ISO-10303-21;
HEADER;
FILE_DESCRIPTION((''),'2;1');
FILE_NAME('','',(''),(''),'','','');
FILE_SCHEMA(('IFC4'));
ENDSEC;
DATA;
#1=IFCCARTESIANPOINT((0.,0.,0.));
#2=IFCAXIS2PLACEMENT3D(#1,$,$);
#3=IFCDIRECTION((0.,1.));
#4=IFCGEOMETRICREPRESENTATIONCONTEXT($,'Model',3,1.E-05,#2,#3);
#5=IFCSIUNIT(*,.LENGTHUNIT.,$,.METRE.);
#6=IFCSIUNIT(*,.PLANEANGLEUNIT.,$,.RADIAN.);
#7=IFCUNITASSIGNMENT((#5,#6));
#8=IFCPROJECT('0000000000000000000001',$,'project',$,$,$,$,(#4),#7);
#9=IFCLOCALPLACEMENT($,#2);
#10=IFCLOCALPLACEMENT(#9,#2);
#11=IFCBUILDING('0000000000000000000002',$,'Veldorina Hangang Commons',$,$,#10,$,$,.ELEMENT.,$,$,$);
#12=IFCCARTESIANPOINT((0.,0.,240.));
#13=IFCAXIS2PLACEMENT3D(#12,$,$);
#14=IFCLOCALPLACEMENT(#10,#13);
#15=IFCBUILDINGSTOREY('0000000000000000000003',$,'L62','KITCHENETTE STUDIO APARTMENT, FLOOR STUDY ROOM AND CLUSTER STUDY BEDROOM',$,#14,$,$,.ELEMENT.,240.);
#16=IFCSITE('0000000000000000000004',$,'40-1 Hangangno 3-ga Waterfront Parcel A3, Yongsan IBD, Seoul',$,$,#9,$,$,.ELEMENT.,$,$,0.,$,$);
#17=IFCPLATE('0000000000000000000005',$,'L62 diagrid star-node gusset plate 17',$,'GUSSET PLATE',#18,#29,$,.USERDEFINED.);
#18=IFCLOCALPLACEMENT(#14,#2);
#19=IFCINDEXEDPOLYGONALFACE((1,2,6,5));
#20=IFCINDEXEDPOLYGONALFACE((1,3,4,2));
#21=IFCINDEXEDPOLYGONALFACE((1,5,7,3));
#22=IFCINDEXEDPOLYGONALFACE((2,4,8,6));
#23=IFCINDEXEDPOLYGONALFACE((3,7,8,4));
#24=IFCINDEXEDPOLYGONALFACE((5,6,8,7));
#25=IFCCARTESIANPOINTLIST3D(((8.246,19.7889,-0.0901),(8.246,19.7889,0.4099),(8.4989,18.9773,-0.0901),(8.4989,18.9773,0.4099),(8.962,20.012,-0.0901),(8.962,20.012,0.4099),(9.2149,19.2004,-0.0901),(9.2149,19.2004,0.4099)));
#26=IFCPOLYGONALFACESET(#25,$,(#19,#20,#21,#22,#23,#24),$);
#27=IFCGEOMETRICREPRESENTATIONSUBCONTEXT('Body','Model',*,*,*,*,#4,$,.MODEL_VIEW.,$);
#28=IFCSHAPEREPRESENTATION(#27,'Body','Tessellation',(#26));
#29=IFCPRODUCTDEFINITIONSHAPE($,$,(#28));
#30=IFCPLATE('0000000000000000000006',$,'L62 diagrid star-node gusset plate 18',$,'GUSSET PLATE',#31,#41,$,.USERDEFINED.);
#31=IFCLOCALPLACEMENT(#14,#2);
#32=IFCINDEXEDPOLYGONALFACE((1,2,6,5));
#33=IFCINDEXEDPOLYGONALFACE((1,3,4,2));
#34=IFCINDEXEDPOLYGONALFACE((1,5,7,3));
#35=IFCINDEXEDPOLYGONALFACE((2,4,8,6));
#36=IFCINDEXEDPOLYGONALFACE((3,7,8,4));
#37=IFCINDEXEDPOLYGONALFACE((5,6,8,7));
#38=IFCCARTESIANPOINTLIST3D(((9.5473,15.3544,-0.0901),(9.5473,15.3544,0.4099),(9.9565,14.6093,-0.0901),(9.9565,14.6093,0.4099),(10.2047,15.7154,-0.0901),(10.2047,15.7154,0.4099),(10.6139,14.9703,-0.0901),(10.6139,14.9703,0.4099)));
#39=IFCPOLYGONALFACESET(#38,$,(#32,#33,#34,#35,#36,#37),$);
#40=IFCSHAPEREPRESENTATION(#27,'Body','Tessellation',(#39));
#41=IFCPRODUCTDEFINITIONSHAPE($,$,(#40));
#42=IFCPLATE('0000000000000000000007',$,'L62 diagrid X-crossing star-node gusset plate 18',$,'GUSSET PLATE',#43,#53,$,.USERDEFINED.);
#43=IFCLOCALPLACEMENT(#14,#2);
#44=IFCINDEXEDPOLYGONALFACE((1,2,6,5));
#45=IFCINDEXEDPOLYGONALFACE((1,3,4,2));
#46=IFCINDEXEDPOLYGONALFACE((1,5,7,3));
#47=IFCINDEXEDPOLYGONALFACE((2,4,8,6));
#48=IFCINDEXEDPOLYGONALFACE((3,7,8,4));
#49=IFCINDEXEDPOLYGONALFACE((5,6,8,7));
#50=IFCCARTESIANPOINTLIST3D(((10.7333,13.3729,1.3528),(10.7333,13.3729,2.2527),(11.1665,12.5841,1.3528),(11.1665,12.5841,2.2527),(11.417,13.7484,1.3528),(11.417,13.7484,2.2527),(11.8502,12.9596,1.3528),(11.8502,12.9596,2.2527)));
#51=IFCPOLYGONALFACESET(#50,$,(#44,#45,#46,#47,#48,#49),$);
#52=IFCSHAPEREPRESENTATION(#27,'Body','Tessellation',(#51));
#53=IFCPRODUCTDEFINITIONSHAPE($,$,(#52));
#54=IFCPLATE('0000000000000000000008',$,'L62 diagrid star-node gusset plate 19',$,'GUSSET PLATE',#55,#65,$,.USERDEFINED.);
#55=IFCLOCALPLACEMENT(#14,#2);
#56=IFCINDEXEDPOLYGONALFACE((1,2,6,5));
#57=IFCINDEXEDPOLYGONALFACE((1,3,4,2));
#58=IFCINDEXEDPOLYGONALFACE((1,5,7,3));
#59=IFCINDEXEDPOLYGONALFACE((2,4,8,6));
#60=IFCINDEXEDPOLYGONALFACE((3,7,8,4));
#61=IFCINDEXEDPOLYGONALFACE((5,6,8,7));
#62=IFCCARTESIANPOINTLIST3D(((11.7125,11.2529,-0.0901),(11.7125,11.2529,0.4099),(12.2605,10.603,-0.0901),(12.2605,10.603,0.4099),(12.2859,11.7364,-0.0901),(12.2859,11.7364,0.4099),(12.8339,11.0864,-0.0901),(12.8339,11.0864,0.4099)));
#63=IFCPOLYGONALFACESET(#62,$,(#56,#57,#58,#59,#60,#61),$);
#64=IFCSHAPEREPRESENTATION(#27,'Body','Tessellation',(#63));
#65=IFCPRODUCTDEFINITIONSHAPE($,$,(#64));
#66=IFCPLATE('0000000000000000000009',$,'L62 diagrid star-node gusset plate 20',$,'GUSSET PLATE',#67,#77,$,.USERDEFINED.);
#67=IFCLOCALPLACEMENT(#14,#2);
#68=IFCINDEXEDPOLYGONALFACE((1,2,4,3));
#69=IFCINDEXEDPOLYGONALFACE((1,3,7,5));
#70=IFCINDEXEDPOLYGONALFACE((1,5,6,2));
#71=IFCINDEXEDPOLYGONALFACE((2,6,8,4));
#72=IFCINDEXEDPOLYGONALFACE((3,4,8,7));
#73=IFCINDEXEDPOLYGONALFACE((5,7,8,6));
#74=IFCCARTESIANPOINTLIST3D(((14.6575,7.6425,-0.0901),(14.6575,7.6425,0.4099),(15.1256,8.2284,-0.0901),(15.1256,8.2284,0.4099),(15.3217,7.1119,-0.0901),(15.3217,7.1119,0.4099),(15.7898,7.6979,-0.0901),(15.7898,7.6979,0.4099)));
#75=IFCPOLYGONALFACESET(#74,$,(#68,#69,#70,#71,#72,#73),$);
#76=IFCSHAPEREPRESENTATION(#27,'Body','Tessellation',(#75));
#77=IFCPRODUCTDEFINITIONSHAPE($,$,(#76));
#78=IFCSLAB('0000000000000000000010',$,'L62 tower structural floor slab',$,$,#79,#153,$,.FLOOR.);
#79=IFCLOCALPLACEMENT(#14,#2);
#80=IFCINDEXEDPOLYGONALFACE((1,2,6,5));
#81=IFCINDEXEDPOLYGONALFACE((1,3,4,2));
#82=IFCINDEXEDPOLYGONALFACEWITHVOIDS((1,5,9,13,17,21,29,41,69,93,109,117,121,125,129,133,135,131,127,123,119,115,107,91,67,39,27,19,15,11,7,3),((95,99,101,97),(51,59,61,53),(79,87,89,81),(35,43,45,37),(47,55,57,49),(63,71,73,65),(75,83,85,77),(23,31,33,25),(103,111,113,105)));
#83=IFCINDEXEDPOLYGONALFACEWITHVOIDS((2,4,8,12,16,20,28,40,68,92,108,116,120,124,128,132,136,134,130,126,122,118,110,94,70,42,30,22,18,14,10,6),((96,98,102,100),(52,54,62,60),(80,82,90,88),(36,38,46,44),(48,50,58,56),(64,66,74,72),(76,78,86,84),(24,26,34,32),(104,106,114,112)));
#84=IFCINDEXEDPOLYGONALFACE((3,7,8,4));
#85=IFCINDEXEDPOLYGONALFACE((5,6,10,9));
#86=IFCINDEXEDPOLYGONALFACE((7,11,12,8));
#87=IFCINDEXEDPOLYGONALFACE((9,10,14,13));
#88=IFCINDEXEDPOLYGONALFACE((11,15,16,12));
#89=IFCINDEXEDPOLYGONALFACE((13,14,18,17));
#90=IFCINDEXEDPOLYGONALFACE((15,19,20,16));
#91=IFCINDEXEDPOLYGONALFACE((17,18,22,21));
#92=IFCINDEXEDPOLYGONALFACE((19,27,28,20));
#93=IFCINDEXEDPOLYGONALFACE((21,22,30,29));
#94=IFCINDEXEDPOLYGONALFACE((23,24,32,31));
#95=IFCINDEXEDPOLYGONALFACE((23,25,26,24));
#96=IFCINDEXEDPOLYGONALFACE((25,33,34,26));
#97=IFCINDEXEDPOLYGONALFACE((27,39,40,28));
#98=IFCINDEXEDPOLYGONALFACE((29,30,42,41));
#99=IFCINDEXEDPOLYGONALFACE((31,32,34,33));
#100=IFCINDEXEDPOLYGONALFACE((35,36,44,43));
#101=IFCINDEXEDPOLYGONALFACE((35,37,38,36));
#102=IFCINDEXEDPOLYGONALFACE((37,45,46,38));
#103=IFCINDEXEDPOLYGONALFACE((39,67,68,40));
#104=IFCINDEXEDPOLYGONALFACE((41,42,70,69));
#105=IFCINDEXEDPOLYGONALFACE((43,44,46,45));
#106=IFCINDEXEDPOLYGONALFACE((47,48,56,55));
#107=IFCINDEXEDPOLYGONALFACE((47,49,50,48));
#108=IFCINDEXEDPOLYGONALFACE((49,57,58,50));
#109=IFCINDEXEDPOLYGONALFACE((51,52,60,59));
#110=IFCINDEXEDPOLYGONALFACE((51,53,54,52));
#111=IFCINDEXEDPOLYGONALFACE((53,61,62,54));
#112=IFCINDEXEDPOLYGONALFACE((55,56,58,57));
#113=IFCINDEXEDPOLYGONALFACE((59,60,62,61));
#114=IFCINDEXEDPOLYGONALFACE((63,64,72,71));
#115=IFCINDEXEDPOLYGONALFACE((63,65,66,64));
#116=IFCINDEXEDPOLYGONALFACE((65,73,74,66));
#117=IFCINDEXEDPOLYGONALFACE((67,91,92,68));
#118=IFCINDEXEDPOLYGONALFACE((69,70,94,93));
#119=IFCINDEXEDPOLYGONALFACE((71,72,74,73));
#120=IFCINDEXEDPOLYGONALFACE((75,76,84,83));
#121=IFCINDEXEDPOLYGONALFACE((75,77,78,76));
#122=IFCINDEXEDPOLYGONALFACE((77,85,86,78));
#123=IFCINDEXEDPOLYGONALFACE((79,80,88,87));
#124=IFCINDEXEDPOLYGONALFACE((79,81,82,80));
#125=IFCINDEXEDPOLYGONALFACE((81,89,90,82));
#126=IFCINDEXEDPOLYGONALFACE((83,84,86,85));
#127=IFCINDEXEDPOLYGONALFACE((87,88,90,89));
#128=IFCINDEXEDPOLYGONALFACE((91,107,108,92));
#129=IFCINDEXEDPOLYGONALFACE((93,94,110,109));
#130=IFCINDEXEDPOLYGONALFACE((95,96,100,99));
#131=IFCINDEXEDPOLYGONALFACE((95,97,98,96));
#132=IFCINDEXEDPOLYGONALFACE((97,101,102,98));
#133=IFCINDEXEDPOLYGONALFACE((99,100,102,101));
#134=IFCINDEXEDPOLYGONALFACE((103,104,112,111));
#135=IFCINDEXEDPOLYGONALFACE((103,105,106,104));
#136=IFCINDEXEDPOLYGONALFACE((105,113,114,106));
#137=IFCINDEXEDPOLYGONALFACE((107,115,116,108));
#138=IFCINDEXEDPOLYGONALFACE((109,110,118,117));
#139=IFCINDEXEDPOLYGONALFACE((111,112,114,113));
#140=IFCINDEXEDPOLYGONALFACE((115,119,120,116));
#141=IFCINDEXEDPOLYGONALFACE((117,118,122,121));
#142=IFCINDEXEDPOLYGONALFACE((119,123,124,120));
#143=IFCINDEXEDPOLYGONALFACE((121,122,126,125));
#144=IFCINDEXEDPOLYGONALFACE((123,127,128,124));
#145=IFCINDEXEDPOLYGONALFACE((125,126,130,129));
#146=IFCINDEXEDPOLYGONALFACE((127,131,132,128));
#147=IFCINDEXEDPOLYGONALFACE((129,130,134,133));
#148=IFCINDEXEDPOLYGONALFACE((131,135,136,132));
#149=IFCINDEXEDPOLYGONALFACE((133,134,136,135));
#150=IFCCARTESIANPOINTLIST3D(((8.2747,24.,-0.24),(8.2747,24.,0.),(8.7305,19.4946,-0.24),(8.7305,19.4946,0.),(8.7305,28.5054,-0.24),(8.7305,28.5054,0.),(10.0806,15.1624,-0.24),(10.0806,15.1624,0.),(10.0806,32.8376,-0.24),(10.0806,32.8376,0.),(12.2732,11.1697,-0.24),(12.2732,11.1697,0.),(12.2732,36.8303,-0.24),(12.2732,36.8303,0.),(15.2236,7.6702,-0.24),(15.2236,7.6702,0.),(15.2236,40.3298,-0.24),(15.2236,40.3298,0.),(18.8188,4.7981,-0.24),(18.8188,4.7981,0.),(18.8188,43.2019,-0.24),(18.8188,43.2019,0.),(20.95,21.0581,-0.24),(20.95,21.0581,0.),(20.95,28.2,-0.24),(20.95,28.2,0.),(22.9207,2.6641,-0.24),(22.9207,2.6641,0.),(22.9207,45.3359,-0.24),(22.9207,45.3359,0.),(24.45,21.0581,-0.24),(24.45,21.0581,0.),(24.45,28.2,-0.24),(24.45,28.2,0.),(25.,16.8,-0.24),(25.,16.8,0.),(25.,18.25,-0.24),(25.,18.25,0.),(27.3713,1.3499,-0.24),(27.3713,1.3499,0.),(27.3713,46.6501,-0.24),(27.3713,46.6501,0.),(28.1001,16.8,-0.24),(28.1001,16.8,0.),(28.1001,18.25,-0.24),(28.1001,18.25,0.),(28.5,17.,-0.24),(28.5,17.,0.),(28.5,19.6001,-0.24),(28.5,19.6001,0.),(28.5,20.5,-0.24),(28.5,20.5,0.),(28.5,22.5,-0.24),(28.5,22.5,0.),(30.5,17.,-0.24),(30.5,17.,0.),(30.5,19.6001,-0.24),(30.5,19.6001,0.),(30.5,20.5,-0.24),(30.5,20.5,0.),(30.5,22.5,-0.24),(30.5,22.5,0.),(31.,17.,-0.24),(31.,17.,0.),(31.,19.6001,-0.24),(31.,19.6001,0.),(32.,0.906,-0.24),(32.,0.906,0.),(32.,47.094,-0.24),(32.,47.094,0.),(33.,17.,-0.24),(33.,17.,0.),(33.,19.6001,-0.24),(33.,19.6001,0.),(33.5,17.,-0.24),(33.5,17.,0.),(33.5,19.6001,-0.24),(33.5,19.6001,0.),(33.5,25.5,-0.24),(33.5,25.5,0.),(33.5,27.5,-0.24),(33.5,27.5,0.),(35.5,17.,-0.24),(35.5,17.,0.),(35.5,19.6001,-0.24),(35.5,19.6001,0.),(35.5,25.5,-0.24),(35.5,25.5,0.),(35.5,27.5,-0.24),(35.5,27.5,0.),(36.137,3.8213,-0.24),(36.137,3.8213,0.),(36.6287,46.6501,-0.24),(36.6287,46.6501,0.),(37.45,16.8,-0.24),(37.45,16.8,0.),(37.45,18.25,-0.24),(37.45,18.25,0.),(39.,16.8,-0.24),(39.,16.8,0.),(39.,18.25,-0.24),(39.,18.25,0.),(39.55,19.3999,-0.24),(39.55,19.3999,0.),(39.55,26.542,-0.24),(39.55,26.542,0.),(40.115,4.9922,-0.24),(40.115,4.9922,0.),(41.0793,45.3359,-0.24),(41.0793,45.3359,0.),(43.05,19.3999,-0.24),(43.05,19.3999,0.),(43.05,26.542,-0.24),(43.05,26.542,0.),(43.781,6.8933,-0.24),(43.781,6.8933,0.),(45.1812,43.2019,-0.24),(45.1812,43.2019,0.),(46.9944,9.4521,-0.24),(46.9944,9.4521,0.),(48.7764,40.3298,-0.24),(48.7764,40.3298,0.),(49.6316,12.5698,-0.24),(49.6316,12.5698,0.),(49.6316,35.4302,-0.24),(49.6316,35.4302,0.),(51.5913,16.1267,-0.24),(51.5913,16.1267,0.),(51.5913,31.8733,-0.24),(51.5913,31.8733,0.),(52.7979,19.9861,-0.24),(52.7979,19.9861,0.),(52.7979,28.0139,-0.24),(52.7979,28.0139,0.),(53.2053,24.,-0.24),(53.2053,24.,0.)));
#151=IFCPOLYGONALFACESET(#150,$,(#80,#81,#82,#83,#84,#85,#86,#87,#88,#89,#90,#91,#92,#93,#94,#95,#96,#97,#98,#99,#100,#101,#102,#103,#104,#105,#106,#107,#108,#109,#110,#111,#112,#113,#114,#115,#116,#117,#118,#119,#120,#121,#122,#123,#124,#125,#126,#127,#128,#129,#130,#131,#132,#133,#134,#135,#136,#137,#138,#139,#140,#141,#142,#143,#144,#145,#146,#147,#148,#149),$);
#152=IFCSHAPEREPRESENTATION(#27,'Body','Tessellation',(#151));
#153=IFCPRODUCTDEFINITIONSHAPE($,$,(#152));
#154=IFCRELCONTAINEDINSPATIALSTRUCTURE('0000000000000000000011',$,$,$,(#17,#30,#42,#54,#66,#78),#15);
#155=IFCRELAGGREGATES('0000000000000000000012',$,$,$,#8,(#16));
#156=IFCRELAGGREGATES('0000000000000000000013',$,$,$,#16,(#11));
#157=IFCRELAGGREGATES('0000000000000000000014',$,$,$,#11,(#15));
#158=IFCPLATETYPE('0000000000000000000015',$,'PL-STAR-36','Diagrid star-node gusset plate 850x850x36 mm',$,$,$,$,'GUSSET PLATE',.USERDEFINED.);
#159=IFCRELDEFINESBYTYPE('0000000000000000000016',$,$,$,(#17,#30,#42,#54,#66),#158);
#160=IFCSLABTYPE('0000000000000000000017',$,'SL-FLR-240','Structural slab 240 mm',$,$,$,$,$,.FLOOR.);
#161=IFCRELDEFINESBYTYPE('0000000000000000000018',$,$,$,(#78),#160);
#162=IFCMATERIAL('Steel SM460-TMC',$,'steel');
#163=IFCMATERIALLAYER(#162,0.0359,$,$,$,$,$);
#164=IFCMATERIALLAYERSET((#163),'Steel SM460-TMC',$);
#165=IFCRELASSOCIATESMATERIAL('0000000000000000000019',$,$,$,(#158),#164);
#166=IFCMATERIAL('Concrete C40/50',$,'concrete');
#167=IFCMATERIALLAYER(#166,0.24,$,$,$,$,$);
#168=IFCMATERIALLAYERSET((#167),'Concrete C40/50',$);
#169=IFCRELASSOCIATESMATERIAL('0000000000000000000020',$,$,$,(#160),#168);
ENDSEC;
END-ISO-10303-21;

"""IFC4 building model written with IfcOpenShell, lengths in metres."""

from ifc_helpers import new_model, si_unit, direction, frame, origin, origin_2d, place, context, subcontext, project, spatial, polyline, rectangle, outline, extrude, material, layer, layer_set, type_object, element, save


model = new_model("IFC4")

# Units and contexts
model_context = context("Model", 3, precision=1e-05, world=origin(), true_north=direction((0.0, 1.0)))
body_context = subcontext(model_context, "Body", "Model", "MODEL_VIEW")
ifc_project = project(units=[si_unit("LENGTHUNIT", "METRE"), si_unit("PLANEANGLEUNIT", "RADIAN")], contexts=[model_context])

# Site, building, storey
site_placement = place(None, origin())
site = spatial("IfcSite", under=ifc_project, at=site_placement, Name="40-1 Hangangno 3-ga Waterfront Parcel A3, Yongsan IBD, Seoul", CompositionType="ELEMENT", RefElevation=0.0)
building_placement = place(site_placement, origin())
building = spatial("IfcBuilding", under=site, at=building_placement, Name="Veldorina Hangang Commons", CompositionType="ELEMENT")
storey_placement = place(building_placement, frame((0.0, 0.0, 240.0)))
storey = spatial("IfcBuildingStorey", under=building, at=storey_placement, Name="L62", Description="KITCHENETTE STUDIO APARTMENT, FLOOR STUDY ROOM AND CLUSTER STUDY BEDROOM", CompositionType="ELEMENT", Elevation=240.0)

# Plates
ifc_material_1 = material(Name="Steel SM460-TMC", Category="steel")
ifc_layer_1 = layer(ifc_material_1, 0.0359)
ifc_layer_set_1 = layer_set([ifc_layer_1], Name="Steel SM460-TMC")
plate_type = type_object("IfcPlateType", Name="PL-STAR-36", Description="Diagrid star-node gusset plate 850x850x36 mm", ElementType="GUSSET PLATE", PredefinedType="USERDEFINED", material=ifc_layer_set_1)
for number, where, z_axis, x_axis, name in (
    (1, (8.7305, 19.4946, -0.0901), (0.0, 0.0, 1.0), (0.297525, -0.954714, 0.0), "L62 diagrid star-node gusset plate 17"),
    (2, (10.0806, 15.1624, -0.0901), (0.0, 0.0, 1.0), (0.481341, -0.876534, 0.0), "L62 diagrid star-node gusset plate 18"),
):
    element("IfcPlate", number, at=place(storey_placement, frame(where, z_axis=z_axis, x_axis=x_axis)), inside=storey, type_object=plate_type, Name=name, ObjectType="GUSSET PLATE", PredefinedType="USERDEFINED", context=body_context, shape_type="SweptSolid", body=[
        extrude(rectangle(XDim=0.8501, YDim=0.75, at=origin_2d()), origin(), (0.0, 0.0, 1.0), 0.5),
    ])
plate_1_placement = place(storey_placement, frame((11.2917, 13.1663, 1.3528), z_axis=(0.0, 0.0, 1.0), x_axis=(0.481341, -0.876534, 0.0)))
element("IfcPlate", 3, at=plate_1_placement, inside=storey, type_object=plate_type, Name="L62 diagrid X-crossing star-node gusset plate 18", ObjectType="GUSSET PLATE", PredefinedType="USERDEFINED", context=body_context, shape_type="SweptSolid", body=[
    extrude(rectangle(XDim=0.8999, YDim=0.78, at=origin_2d()), origin(), (0.0, 0.0, 1.0), 0.8999),
])
for number, where, z_axis, x_axis, name in (
    (4, (12.2732, 11.1697, -0.0901), (0.0, 0.0, 1.0), (0.644577, -0.764539, 0.0), "L62 diagrid star-node gusset plate 19"),
    (5, (15.2236, 7.6702, -0.0901), (0.0, 0.0, 1.0), (0.781314, -0.624139, 0.0), "L62 diagrid star-node gusset plate 20"),
):
    element("IfcPlate", number, at=place(storey_placement, frame(where, z_axis=z_axis, x_axis=x_axis)), inside=storey, type_object=plate_type, Name=name, ObjectType="GUSSET PLATE", PredefinedType="USERDEFINED", context=body_context, shape_type="SweptSolid", body=[
        extrude(rectangle(XDim=0.8501, YDim=0.75, at=origin_2d()), origin(), (0.0, 0.0, 1.0), 0.5),
    ])

# Slab
ifc_material_2 = material(Name="Concrete C40/50", Category="concrete")
ifc_layer_2 = layer(ifc_material_2, 0.24)
ifc_layer_set_2 = layer_set([ifc_layer_2], Name="Concrete C40/50")
slab_type_1 = type_object("IfcSlabType", Name="SL-FLR-240", Description="Structural slab 240 mm", PredefinedType="FLOOR", material=ifc_layer_set_2)
slab_1_placement = place(storey_placement, frame((0.0, 0.0, -0.24)))
element("IfcSlab", 6, at=slab_1_placement, inside=storey, type_object=slab_type_1, Name="L62 tower structural floor slab", PredefinedType="FLOOR", context=body_context, shape_type="SweptSolid", body=[
    extrude(outline(polyline([(53.2053, 24.0), (52.7979, 28.0139), (51.5913, 31.8733), (49.6316, 35.4302), (48.7764, 40.3298), (45.1812, 43.2019), (41.0793, 45.3359), (36.6287, 46.6501), (32.0, 47.094), (27.3713, 46.6501), (22.9207, 45.3359), (18.8188, 43.2019), (15.2236, 40.3298), (12.2732, 36.8303), (10.0806, 32.8376), (8.7305, 28.5054), (8.2747, 24.0), (8.7305, 19.4946), (10.0806, 15.1624), (12.2732, 11.1697), (15.2236, 7.6702), (18.8188, 4.7981), (22.9207, 2.6641), (27.3713, 1.3499), (32.0, 0.906), (36.137, 3.8213), (40.115, 4.9922), (43.781, 6.8933), (46.9944, 9.4521), (49.6316, 12.5698), (51.5913, 16.1267), (52.7979, 19.9861), (53.2053, 24.0)]), holes=[polyline([(20.95, 21.0581), (20.95, 28.2), (24.45, 28.2), (24.45, 21.0581), (20.95, 21.0581)]), polyline([(43.05, 26.542), (43.05, 19.3999), (39.55, 19.3999), (39.55, 26.542), (43.05, 26.542)]), polyline([(33.5, 27.5), (35.5, 27.5), (35.5, 25.5), (33.5, 25.5), (33.5, 27.5)]), polyline([(28.5, 22.5), (30.5, 22.5), (30.5, 20.5), (28.5, 20.5), (28.5, 22.5)]), polyline([(28.5, 19.6001), (30.5, 19.6001), (30.5, 17.0), (28.5, 17.0), (28.5, 19.6001)]), polyline([(31.0, 19.6001), (33.0, 19.6001), (33.0, 17.0), (31.0, 17.0), (31.0, 19.6001)]), polyline([(33.5, 19.6001), (35.5, 19.6001), (35.5, 17.0), (33.5, 17.0), (33.5, 19.6001)]), polyline([(25.0, 18.25), (28.1001, 18.25), (28.1001, 16.8), (25.0, 16.8), (25.0, 18.25)]), polyline([(37.45, 18.25), (39.0, 18.25), (39.0, 16.8), (37.45, 16.8), (37.45, 18.25)])]), origin(), (0.0, 0.0, 1.0), 0.24),
])

save(model, "model.ifc")
